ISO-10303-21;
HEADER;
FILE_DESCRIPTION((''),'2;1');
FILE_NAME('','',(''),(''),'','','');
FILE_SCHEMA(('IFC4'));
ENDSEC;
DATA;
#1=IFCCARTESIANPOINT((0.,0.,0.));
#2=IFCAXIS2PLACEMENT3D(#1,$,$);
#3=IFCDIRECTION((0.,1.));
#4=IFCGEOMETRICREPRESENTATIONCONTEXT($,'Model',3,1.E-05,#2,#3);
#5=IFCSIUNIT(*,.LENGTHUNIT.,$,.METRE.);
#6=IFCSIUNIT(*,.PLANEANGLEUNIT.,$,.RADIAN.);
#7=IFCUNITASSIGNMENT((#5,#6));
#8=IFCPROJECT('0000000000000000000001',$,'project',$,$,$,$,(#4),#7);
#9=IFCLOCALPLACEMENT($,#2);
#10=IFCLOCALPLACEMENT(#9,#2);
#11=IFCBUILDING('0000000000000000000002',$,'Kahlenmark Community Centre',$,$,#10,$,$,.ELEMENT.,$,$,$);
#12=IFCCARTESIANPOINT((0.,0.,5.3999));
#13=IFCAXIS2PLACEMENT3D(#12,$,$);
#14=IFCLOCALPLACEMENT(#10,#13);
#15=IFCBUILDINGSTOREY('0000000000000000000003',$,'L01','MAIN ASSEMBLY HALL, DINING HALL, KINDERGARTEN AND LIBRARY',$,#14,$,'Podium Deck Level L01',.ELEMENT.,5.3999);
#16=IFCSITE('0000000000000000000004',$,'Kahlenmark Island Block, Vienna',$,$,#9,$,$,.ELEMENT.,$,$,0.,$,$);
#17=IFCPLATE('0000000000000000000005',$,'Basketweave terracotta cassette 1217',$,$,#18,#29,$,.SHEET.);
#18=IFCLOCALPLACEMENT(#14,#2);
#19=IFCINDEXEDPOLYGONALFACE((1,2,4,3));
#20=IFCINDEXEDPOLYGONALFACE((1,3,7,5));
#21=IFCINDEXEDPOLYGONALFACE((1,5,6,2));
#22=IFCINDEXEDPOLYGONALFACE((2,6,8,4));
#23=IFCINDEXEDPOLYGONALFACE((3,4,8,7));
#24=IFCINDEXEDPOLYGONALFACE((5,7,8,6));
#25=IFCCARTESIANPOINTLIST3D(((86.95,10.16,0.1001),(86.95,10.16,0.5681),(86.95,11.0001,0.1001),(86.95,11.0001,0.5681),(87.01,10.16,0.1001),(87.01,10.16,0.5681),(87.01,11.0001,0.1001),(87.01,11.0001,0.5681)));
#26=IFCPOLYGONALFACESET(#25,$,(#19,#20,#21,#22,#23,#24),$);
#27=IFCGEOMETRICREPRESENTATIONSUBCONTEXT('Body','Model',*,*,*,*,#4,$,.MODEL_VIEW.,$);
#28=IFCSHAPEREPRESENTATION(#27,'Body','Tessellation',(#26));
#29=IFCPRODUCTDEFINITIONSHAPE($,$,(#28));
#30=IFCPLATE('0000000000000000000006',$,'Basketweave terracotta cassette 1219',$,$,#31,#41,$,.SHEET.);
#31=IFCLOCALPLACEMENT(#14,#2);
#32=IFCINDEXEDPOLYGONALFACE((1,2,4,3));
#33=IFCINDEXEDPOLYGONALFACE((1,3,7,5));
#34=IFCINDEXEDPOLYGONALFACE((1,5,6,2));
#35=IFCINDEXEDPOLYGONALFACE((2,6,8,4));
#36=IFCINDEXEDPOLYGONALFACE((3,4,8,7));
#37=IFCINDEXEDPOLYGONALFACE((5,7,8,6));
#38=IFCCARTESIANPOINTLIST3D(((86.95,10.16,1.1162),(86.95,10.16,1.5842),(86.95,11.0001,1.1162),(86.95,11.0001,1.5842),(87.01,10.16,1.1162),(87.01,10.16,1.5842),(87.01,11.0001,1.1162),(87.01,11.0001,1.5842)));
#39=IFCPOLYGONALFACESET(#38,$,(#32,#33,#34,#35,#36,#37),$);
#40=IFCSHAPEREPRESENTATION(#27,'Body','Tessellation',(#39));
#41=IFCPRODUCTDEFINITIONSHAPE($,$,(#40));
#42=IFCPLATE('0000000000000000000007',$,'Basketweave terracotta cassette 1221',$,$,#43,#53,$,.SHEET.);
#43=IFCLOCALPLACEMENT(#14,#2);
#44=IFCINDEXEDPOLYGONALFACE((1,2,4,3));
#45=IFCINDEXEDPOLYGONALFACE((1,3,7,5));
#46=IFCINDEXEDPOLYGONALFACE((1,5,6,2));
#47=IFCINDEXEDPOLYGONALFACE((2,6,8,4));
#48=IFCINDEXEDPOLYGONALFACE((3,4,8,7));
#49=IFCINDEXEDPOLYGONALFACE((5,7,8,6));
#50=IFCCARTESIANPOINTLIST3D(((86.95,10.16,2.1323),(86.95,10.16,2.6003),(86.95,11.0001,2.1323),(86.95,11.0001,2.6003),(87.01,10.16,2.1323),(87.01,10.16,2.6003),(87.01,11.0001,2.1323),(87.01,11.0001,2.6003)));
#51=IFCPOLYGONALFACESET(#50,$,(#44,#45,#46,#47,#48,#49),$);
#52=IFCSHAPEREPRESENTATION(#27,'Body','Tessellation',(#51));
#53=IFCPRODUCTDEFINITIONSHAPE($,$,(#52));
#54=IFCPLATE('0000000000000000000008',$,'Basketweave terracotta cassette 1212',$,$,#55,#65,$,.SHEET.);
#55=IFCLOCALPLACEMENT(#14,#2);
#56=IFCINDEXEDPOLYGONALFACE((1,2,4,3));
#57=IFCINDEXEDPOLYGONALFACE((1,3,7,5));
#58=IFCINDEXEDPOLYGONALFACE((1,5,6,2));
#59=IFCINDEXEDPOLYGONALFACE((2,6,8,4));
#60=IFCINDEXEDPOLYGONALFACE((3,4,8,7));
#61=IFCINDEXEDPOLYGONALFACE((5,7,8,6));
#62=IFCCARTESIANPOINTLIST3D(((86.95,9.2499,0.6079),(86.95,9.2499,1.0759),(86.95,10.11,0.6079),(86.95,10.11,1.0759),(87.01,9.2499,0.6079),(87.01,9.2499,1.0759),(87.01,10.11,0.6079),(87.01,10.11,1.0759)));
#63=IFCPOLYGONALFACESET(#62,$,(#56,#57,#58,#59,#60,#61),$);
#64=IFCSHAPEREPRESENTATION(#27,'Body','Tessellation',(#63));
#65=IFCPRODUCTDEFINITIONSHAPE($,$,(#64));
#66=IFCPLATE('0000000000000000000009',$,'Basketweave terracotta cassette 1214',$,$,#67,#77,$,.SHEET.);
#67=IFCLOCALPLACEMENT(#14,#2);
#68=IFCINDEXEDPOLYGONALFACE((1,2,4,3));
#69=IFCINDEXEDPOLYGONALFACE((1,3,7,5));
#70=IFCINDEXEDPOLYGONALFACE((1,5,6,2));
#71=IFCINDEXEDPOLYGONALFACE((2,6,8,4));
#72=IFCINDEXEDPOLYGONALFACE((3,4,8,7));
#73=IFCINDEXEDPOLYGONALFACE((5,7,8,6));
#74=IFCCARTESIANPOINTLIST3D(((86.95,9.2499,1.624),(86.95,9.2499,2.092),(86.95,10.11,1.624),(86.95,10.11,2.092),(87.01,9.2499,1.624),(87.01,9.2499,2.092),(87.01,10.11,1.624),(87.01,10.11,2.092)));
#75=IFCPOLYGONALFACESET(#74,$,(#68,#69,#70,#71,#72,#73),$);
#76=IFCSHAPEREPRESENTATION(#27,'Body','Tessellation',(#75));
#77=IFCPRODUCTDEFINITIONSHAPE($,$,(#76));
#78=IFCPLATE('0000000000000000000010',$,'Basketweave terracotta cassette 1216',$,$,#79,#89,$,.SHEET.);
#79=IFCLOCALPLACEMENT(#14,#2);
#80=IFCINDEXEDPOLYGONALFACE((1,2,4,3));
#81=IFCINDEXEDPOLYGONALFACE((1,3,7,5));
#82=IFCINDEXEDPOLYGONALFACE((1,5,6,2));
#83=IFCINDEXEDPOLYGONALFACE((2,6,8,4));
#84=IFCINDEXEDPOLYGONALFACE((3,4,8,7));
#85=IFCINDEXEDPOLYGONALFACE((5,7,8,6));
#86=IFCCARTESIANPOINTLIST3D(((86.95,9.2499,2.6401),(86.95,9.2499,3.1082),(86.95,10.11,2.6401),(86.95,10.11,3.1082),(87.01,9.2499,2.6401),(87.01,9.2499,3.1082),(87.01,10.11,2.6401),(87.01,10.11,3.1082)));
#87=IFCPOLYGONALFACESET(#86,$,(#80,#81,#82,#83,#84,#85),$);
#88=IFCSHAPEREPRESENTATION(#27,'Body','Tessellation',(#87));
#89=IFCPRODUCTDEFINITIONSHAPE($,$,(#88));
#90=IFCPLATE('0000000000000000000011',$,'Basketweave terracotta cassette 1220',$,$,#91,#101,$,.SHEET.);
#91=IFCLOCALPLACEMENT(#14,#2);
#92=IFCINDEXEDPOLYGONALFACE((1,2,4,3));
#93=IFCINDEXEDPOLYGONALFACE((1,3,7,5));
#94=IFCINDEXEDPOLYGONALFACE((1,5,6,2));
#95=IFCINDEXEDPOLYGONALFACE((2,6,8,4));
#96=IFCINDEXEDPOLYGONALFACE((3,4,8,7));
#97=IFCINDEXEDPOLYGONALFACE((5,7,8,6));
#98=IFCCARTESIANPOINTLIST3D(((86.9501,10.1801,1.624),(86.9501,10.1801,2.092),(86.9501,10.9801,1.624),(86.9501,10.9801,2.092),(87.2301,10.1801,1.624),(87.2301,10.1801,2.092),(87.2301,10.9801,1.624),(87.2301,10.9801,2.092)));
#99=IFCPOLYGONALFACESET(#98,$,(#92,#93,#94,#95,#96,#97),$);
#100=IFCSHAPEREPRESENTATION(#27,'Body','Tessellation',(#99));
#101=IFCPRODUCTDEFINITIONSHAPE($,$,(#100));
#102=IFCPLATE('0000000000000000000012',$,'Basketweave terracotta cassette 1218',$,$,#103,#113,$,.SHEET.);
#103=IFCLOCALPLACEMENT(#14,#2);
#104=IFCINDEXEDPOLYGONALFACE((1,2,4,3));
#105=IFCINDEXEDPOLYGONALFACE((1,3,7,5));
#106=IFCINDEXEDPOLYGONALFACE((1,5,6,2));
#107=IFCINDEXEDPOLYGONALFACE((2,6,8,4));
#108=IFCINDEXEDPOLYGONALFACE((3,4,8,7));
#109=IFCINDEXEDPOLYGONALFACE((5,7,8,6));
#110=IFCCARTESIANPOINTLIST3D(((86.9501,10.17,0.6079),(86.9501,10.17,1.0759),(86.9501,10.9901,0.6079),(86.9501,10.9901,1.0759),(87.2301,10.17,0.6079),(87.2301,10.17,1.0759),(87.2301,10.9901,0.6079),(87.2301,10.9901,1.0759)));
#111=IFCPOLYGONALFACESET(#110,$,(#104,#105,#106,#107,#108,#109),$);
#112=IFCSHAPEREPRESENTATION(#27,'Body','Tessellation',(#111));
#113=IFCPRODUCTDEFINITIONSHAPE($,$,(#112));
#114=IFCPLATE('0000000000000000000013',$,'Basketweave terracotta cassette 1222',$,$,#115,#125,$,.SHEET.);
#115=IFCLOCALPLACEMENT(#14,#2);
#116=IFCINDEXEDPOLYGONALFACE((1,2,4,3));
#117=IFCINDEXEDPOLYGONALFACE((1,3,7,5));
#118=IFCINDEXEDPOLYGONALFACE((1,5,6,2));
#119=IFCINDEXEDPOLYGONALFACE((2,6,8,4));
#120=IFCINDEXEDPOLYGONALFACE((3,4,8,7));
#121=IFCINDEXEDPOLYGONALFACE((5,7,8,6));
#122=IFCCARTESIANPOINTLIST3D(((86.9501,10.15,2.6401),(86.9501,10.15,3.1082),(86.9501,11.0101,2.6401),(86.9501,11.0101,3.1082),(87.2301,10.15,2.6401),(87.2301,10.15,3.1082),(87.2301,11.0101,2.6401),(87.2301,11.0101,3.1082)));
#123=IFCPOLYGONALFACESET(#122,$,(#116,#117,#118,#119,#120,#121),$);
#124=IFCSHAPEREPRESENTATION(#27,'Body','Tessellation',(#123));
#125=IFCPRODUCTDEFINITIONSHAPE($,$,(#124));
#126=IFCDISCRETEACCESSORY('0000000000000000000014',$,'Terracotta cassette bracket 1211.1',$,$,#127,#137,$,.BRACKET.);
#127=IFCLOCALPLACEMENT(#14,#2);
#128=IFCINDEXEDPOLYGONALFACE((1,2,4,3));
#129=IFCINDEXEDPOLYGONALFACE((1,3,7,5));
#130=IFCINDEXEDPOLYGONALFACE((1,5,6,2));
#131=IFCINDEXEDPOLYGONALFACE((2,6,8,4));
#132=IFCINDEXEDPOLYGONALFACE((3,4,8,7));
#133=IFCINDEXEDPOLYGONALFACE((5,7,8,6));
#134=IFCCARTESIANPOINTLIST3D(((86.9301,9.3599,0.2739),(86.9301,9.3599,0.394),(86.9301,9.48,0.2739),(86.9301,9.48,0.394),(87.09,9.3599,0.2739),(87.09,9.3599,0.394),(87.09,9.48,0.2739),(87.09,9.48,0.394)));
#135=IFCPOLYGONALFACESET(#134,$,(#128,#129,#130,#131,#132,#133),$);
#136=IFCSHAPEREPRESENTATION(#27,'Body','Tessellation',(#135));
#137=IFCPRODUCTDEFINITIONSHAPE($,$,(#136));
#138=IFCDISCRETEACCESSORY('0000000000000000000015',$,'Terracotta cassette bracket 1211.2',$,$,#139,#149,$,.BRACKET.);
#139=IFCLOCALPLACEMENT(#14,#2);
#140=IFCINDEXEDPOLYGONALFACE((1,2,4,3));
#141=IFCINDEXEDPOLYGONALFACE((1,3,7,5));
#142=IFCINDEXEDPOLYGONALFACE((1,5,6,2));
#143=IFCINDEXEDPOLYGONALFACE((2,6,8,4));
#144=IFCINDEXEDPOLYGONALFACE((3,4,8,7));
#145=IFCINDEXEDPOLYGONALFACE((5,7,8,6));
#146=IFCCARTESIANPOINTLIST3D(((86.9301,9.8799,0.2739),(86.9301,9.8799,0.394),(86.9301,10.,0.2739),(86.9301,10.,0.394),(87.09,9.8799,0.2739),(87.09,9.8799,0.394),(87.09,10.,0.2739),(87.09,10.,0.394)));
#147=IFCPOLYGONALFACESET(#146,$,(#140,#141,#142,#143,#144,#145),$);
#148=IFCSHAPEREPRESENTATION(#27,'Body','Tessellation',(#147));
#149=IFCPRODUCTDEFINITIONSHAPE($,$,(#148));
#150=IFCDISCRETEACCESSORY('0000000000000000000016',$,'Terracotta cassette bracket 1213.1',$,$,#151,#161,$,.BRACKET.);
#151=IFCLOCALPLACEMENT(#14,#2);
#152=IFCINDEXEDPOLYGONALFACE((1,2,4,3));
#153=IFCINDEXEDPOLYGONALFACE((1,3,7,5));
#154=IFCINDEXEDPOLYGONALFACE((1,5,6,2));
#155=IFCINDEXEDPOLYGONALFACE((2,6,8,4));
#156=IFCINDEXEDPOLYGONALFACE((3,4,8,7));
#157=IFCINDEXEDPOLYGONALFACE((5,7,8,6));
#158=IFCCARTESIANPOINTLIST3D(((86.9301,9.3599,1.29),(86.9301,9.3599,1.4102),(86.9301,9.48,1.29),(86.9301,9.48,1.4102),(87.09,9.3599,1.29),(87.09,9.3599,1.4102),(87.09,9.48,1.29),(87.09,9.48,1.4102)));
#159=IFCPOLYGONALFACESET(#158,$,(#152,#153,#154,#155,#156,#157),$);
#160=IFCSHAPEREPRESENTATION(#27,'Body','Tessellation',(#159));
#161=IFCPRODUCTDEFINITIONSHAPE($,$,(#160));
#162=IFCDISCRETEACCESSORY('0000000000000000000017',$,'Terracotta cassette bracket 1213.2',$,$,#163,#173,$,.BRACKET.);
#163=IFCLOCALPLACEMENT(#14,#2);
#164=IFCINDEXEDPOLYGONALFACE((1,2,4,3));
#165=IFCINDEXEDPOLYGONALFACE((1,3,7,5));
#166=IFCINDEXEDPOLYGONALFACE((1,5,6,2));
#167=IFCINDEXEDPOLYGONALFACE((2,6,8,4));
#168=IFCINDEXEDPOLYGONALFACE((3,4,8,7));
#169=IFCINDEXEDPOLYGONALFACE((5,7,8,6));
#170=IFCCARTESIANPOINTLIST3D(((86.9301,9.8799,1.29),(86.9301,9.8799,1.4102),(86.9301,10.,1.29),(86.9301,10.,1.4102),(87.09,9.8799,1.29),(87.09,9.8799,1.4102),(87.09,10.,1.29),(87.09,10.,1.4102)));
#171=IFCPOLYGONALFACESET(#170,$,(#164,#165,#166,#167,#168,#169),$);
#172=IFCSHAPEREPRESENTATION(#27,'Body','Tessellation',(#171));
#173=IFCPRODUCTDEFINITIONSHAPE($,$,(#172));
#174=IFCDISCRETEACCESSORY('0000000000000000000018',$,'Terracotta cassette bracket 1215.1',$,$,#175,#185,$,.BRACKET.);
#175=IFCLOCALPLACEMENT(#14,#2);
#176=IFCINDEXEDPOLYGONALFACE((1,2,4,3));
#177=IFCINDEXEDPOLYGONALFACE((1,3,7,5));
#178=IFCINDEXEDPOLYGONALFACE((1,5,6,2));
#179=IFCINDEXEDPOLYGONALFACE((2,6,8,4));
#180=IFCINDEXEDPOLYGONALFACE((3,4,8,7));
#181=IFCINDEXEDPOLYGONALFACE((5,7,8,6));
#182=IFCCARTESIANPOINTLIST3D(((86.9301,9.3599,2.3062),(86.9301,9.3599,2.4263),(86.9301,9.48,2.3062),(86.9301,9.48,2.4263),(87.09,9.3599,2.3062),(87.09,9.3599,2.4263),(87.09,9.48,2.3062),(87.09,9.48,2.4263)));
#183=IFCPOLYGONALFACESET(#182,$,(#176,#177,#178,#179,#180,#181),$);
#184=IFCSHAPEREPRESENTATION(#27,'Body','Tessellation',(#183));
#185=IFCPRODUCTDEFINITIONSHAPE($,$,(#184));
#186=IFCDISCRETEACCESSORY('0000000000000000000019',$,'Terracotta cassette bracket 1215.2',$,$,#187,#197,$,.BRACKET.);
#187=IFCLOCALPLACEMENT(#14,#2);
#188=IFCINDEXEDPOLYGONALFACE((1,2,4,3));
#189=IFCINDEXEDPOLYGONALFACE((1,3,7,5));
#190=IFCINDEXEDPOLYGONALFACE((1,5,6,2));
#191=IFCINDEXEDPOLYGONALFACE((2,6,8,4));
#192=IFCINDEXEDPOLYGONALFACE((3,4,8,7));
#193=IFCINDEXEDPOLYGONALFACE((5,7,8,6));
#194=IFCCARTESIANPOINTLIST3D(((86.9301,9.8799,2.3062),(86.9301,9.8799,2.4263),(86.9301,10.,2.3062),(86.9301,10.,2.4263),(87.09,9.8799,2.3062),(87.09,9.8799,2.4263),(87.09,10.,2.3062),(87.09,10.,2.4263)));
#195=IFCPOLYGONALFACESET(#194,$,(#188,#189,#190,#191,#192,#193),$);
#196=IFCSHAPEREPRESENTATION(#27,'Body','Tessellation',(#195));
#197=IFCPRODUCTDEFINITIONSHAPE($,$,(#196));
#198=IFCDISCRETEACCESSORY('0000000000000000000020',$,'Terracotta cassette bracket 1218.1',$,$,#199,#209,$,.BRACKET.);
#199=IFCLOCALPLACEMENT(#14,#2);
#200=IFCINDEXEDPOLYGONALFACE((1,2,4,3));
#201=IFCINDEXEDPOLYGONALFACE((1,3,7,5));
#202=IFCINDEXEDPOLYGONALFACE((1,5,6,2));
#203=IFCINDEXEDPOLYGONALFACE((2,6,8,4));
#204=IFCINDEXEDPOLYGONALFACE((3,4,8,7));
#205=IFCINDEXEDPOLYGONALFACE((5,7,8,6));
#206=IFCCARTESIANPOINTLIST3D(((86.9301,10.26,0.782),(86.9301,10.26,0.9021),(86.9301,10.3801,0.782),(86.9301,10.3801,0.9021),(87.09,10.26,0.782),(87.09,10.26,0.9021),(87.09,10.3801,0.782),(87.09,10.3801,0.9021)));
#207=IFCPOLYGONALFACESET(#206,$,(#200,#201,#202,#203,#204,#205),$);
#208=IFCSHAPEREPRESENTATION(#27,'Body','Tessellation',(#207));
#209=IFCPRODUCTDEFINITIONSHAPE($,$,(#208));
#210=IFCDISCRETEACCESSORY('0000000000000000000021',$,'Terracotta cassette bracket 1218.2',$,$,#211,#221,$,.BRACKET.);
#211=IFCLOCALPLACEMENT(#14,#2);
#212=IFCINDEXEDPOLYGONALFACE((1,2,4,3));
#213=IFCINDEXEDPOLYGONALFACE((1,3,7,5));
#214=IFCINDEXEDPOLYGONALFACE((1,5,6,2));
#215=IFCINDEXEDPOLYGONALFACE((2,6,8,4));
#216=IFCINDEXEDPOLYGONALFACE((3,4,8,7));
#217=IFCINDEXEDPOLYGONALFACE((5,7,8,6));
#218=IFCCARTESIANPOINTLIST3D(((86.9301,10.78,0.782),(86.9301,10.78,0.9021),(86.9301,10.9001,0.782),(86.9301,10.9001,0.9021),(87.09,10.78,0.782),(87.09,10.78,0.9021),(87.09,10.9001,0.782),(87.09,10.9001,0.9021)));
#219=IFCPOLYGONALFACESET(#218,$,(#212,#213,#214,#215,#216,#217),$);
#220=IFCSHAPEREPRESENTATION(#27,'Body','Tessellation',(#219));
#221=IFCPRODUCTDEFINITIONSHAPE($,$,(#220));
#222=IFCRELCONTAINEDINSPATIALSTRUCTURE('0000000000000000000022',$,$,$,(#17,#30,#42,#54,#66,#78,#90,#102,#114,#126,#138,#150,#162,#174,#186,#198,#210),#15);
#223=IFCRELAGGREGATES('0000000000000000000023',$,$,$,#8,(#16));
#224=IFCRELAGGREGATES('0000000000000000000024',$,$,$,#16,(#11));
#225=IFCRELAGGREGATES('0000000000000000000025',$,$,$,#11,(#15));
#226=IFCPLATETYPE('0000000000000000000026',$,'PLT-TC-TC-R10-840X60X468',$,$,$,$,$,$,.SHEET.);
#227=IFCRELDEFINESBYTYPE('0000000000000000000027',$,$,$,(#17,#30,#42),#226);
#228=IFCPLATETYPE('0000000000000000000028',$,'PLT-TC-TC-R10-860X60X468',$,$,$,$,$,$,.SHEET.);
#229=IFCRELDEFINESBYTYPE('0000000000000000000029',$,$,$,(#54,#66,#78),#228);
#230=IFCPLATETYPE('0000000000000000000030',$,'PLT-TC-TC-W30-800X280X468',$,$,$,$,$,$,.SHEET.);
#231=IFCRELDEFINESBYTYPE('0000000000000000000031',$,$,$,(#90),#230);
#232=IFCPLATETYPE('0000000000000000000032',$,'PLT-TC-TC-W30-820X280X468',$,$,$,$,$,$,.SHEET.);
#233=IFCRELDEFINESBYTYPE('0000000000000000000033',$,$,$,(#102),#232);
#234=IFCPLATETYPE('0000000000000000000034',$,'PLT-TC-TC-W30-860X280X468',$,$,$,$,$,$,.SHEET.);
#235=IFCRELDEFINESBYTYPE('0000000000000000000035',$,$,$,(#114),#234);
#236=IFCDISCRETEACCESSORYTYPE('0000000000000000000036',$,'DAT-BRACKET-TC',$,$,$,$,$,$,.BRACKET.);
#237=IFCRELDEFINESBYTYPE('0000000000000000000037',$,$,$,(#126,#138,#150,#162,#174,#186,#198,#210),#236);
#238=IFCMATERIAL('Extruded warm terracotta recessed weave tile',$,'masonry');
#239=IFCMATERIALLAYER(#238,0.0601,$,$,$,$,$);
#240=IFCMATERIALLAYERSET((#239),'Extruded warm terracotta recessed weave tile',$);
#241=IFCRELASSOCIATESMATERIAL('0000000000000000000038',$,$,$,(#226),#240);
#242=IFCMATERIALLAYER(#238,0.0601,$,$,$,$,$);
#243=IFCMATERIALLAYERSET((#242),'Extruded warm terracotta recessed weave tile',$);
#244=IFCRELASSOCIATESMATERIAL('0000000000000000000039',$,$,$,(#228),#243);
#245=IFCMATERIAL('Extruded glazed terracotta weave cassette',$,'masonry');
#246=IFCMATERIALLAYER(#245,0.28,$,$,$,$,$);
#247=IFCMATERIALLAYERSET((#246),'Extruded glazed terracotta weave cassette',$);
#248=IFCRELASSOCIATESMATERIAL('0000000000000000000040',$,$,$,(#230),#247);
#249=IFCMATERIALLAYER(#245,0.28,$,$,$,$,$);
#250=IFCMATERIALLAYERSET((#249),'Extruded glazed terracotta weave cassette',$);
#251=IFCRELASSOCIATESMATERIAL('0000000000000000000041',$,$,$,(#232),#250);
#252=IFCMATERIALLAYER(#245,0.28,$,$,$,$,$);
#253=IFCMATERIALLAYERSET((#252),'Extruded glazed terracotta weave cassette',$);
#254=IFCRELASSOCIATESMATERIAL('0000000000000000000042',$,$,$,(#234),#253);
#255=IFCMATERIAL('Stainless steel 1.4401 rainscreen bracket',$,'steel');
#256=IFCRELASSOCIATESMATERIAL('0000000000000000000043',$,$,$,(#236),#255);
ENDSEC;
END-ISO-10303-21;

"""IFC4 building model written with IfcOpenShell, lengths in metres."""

from ifc_helpers import new_model, si_unit, direction, frame, origin, origin_2d, place, context, subcontext, project, spatial, rectangle, extrude, material, layer, layer_set, type_object, element, save


model = new_model("IFC4")

# Units and contexts
model_context = context("Model", 3, precision=1e-05, world=origin(), true_north=direction((0.0, 1.0)))
body_context = subcontext(model_context, "Body", "Model", "MODEL_VIEW")
ifc_project = project(units=[si_unit("LENGTHUNIT", "METRE"), si_unit("PLANEANGLEUNIT", "RADIAN")], contexts=[model_context])

# Site, building, storey
site_placement = place(None, origin())
site = spatial("IfcSite", under=ifc_project, at=site_placement, Name="Kahlenmark Island Block, Vienna", CompositionType="ELEMENT", RefElevation=0.0)
building_placement = place(site_placement, origin())
building = spatial("IfcBuilding", under=site, at=building_placement, Name="Kahlenmark Community Centre", CompositionType="ELEMENT")
storey_placement = place(building_placement, frame((0.0, 0.0, 5.3999)))
storey = spatial("IfcBuildingStorey", under=building, at=storey_placement, Name="L01", Description="MAIN ASSEMBLY HALL, DINING HALL, KINDERGARTEN AND LIBRARY", LongName="Podium Deck Level L01", CompositionType="ELEMENT", Elevation=5.3999)

# Plates
ifc_material_1 = material(Name="Extruded warm terracotta recessed weave tile", Category="masonry")
ifc_layer_1 = layer(ifc_material_1, 0.0601)
ifc_layer_set_1 = layer_set([ifc_layer_1], Name="Extruded warm terracotta recessed weave tile")
plate_type_1 = type_object("IfcPlateType", Name="PLT-TC-TC-R10-840X60X468", PredefinedType="SHEET", material=ifc_layer_set_1)
for number, where, z_axis, x_axis, name in (
    (1, (86.98, 10.5801, 0.1001), (0.0, 0.0, 1.0), (0.0, 1.0, 0.0), "Basketweave terracotta cassette 1217"),
    (2, (86.98, 10.5801, 1.1162), (0.0, 0.0, 1.0), (0.0, 1.0, 0.0), "Basketweave terracotta cassette 1219"),
    (3, (86.98, 10.5801, 2.1323), (0.0, 0.0, 1.0), (0.0, 1.0, 0.0), "Basketweave terracotta cassette 1221"),
):
    element("IfcPlate", number, at=place(storey_placement, frame(where, z_axis=z_axis, x_axis=x_axis)), inside=storey, type_object=plate_type_1, Name=name, PredefinedType="SHEET", context=body_context, shape_type="SweptSolid", body=[
        extrude(rectangle(XDim=0.8401, YDim=0.0601, at=origin_2d()), origin(), (0.0, 0.0, 1.0), 0.468),
    ])
ifc_layer_2 = layer(ifc_material_1, 0.0601)
ifc_layer_set_2 = layer_set([ifc_layer_2], Name="Extruded warm terracotta recessed weave tile")
plate_type_2 = type_object("IfcPlateType", Name="PLT-TC-TC-R10-860X60X468", PredefinedType="SHEET", material=ifc_layer_set_2)
for number, where, z_axis, x_axis, name in (
    (4, (86.98, 9.6799, 0.6079), (0.0, 0.0, 1.0), (0.0, 1.0, 0.0), "Basketweave terracotta cassette 1212"),
    (5, (86.98, 9.6799, 1.624), (0.0, 0.0, 1.0), (0.0, 1.0, 0.0), "Basketweave terracotta cassette 1214"),
    (6, (86.98, 9.6799, 2.6401), (0.0, 0.0, 1.0), (0.0, 1.0, 0.0), "Basketweave terracotta cassette 1216"),
):
    element("IfcPlate", number, at=place(storey_placement, frame(where, z_axis=z_axis, x_axis=x_axis)), inside=storey, type_object=plate_type_2, Name=name, PredefinedType="SHEET", context=body_context, shape_type="SweptSolid", body=[
        extrude(rectangle(XDim=0.8601, YDim=0.0601, at=origin_2d()), origin(), (0.0, 0.0, 1.0), 0.468),
    ])
ifc_material_2 = material(Name="Extruded glazed terracotta weave cassette", Category="masonry")
ifc_layer_3 = layer(ifc_material_2, 0.28)
ifc_layer_set_3 = layer_set([ifc_layer_3], Name="Extruded glazed terracotta weave cassette")
plate_type_3 = type_object("IfcPlateType", Name="PLT-TC-TC-W30-800X280X468", PredefinedType="SHEET", material=ifc_layer_set_3)
plate_1_placement = place(storey_placement, frame((87.0901, 10.5801, 1.624), z_axis=(0.0, 0.0, 1.0), x_axis=(0.0, 1.0, 0.0)))
element("IfcPlate", 7, at=plate_1_placement, inside=storey, type_object=plate_type_3, Name="Basketweave terracotta cassette 1220", PredefinedType="SHEET", context=body_context, shape_type="SweptSolid", body=[
    extrude(rectangle(XDim=0.8, YDim=0.28, at=origin_2d()), origin(), (0.0, 0.0, 1.0), 0.468),
])
ifc_layer_4 = layer(ifc_material_2, 0.28)
ifc_layer_set_4 = layer_set([ifc_layer_4], Name="Extruded glazed terracotta weave cassette")
plate_type_4 = type_object("IfcPlateType", Name="PLT-TC-TC-W30-820X280X468", PredefinedType="SHEET", material=ifc_layer_set_4)
plate_2_placement = place(storey_placement, frame((87.0901, 10.5801, 0.6079), z_axis=(0.0, 0.0, 1.0), x_axis=(0.0, 1.0, 0.0)))
element("IfcPlate", 8, at=plate_2_placement, inside=storey, type_object=plate_type_4, Name="Basketweave terracotta cassette 1218", PredefinedType="SHEET", context=body_context, shape_type="SweptSolid", body=[
    extrude(rectangle(XDim=0.8201, YDim=0.28, at=origin_2d()), origin(), (0.0, 0.0, 1.0), 0.468),
])
ifc_layer_5 = layer(ifc_material_2, 0.28)
ifc_layer_set_5 = layer_set([ifc_layer_5], Name="Extruded glazed terracotta weave cassette")
plate_type_5 = type_object("IfcPlateType", Name="PLT-TC-TC-W30-860X280X468", PredefinedType="SHEET", material=ifc_layer_set_5)
plate_3_placement = place(storey_placement, frame((87.0901, 10.5801, 2.6401), z_axis=(0.0, 0.0, 1.0), x_axis=(0.0, 1.0, 0.0)))
element("IfcPlate", 9, at=plate_3_placement, inside=storey, type_object=plate_type_5, Name="Basketweave terracotta cassette 1222", PredefinedType="SHEET", context=body_context, shape_type="SweptSolid", body=[
    extrude(rectangle(XDim=0.8601, YDim=0.28, at=origin_2d()), origin(), (0.0, 0.0, 1.0), 0.468),
])

# Discrete accessories
ifc_material_3 = material(Name="Stainless steel 1.4401 rainscreen bracket", Category="steel")
discrete_accessory_type = type_object("IfcDiscreteAccessoryType", Name="DAT-BRACKET-TC", PredefinedType="BRACKET", material=ifc_material_3)
for number, where, z_axis, x_axis, name in (
    (10, (87.01, 9.4199, 0.2739), (0.0, 0.0, 1.0), (0.0, 1.0, 0.0), "Terracotta cassette bracket 1211.1"),
    (11, (87.01, 9.9399, 0.2739), (0.0, 0.0, 1.0), (0.0, 1.0, 0.0), "Terracotta cassette bracket 1211.2"),
    (12, (87.01, 9.4199, 1.29), (0.0, 0.0, 1.0), (0.0, 1.0, 0.0), "Terracotta cassette bracket 1213.1"),
    (13, (87.01, 9.9399, 1.29), (0.0, 0.0, 1.0), (0.0, 1.0, 0.0), "Terracotta cassette bracket 1213.2"),
    (14, (87.01, 9.4199, 2.3062), (0.0, 0.0, 1.0), (0.0, 1.0, 0.0), "Terracotta cassette bracket 1215.1"),
    (15, (87.01, 9.9399, 2.3062), (0.0, 0.0, 1.0), (0.0, 1.0, 0.0), "Terracotta cassette bracket 1215.2"),
    (16, (87.01, 10.3201, 0.782), (0.0, 0.0, 1.0), (0.0, 1.0, 0.0), "Terracotta cassette bracket 1218.1"),
    (17, (87.01, 10.8401, 0.782), (0.0, 0.0, 1.0), (0.0, 1.0, 0.0), "Terracotta cassette bracket 1218.2"),
):
    element("IfcDiscreteAccessory", number, at=place(storey_placement, frame(where, z_axis=z_axis, x_axis=x_axis)), inside=storey, type_object=discrete_accessory_type, Name=name, PredefinedType="BRACKET", context=body_context, shape_type="SweptSolid", body=[
        extrude(rectangle(XDim=0.1201, YDim=0.1599, at=origin_2d()), origin(), (0.0, 0.0, 1.0), 0.1201),
    ])

save(model, "model.ifc")
